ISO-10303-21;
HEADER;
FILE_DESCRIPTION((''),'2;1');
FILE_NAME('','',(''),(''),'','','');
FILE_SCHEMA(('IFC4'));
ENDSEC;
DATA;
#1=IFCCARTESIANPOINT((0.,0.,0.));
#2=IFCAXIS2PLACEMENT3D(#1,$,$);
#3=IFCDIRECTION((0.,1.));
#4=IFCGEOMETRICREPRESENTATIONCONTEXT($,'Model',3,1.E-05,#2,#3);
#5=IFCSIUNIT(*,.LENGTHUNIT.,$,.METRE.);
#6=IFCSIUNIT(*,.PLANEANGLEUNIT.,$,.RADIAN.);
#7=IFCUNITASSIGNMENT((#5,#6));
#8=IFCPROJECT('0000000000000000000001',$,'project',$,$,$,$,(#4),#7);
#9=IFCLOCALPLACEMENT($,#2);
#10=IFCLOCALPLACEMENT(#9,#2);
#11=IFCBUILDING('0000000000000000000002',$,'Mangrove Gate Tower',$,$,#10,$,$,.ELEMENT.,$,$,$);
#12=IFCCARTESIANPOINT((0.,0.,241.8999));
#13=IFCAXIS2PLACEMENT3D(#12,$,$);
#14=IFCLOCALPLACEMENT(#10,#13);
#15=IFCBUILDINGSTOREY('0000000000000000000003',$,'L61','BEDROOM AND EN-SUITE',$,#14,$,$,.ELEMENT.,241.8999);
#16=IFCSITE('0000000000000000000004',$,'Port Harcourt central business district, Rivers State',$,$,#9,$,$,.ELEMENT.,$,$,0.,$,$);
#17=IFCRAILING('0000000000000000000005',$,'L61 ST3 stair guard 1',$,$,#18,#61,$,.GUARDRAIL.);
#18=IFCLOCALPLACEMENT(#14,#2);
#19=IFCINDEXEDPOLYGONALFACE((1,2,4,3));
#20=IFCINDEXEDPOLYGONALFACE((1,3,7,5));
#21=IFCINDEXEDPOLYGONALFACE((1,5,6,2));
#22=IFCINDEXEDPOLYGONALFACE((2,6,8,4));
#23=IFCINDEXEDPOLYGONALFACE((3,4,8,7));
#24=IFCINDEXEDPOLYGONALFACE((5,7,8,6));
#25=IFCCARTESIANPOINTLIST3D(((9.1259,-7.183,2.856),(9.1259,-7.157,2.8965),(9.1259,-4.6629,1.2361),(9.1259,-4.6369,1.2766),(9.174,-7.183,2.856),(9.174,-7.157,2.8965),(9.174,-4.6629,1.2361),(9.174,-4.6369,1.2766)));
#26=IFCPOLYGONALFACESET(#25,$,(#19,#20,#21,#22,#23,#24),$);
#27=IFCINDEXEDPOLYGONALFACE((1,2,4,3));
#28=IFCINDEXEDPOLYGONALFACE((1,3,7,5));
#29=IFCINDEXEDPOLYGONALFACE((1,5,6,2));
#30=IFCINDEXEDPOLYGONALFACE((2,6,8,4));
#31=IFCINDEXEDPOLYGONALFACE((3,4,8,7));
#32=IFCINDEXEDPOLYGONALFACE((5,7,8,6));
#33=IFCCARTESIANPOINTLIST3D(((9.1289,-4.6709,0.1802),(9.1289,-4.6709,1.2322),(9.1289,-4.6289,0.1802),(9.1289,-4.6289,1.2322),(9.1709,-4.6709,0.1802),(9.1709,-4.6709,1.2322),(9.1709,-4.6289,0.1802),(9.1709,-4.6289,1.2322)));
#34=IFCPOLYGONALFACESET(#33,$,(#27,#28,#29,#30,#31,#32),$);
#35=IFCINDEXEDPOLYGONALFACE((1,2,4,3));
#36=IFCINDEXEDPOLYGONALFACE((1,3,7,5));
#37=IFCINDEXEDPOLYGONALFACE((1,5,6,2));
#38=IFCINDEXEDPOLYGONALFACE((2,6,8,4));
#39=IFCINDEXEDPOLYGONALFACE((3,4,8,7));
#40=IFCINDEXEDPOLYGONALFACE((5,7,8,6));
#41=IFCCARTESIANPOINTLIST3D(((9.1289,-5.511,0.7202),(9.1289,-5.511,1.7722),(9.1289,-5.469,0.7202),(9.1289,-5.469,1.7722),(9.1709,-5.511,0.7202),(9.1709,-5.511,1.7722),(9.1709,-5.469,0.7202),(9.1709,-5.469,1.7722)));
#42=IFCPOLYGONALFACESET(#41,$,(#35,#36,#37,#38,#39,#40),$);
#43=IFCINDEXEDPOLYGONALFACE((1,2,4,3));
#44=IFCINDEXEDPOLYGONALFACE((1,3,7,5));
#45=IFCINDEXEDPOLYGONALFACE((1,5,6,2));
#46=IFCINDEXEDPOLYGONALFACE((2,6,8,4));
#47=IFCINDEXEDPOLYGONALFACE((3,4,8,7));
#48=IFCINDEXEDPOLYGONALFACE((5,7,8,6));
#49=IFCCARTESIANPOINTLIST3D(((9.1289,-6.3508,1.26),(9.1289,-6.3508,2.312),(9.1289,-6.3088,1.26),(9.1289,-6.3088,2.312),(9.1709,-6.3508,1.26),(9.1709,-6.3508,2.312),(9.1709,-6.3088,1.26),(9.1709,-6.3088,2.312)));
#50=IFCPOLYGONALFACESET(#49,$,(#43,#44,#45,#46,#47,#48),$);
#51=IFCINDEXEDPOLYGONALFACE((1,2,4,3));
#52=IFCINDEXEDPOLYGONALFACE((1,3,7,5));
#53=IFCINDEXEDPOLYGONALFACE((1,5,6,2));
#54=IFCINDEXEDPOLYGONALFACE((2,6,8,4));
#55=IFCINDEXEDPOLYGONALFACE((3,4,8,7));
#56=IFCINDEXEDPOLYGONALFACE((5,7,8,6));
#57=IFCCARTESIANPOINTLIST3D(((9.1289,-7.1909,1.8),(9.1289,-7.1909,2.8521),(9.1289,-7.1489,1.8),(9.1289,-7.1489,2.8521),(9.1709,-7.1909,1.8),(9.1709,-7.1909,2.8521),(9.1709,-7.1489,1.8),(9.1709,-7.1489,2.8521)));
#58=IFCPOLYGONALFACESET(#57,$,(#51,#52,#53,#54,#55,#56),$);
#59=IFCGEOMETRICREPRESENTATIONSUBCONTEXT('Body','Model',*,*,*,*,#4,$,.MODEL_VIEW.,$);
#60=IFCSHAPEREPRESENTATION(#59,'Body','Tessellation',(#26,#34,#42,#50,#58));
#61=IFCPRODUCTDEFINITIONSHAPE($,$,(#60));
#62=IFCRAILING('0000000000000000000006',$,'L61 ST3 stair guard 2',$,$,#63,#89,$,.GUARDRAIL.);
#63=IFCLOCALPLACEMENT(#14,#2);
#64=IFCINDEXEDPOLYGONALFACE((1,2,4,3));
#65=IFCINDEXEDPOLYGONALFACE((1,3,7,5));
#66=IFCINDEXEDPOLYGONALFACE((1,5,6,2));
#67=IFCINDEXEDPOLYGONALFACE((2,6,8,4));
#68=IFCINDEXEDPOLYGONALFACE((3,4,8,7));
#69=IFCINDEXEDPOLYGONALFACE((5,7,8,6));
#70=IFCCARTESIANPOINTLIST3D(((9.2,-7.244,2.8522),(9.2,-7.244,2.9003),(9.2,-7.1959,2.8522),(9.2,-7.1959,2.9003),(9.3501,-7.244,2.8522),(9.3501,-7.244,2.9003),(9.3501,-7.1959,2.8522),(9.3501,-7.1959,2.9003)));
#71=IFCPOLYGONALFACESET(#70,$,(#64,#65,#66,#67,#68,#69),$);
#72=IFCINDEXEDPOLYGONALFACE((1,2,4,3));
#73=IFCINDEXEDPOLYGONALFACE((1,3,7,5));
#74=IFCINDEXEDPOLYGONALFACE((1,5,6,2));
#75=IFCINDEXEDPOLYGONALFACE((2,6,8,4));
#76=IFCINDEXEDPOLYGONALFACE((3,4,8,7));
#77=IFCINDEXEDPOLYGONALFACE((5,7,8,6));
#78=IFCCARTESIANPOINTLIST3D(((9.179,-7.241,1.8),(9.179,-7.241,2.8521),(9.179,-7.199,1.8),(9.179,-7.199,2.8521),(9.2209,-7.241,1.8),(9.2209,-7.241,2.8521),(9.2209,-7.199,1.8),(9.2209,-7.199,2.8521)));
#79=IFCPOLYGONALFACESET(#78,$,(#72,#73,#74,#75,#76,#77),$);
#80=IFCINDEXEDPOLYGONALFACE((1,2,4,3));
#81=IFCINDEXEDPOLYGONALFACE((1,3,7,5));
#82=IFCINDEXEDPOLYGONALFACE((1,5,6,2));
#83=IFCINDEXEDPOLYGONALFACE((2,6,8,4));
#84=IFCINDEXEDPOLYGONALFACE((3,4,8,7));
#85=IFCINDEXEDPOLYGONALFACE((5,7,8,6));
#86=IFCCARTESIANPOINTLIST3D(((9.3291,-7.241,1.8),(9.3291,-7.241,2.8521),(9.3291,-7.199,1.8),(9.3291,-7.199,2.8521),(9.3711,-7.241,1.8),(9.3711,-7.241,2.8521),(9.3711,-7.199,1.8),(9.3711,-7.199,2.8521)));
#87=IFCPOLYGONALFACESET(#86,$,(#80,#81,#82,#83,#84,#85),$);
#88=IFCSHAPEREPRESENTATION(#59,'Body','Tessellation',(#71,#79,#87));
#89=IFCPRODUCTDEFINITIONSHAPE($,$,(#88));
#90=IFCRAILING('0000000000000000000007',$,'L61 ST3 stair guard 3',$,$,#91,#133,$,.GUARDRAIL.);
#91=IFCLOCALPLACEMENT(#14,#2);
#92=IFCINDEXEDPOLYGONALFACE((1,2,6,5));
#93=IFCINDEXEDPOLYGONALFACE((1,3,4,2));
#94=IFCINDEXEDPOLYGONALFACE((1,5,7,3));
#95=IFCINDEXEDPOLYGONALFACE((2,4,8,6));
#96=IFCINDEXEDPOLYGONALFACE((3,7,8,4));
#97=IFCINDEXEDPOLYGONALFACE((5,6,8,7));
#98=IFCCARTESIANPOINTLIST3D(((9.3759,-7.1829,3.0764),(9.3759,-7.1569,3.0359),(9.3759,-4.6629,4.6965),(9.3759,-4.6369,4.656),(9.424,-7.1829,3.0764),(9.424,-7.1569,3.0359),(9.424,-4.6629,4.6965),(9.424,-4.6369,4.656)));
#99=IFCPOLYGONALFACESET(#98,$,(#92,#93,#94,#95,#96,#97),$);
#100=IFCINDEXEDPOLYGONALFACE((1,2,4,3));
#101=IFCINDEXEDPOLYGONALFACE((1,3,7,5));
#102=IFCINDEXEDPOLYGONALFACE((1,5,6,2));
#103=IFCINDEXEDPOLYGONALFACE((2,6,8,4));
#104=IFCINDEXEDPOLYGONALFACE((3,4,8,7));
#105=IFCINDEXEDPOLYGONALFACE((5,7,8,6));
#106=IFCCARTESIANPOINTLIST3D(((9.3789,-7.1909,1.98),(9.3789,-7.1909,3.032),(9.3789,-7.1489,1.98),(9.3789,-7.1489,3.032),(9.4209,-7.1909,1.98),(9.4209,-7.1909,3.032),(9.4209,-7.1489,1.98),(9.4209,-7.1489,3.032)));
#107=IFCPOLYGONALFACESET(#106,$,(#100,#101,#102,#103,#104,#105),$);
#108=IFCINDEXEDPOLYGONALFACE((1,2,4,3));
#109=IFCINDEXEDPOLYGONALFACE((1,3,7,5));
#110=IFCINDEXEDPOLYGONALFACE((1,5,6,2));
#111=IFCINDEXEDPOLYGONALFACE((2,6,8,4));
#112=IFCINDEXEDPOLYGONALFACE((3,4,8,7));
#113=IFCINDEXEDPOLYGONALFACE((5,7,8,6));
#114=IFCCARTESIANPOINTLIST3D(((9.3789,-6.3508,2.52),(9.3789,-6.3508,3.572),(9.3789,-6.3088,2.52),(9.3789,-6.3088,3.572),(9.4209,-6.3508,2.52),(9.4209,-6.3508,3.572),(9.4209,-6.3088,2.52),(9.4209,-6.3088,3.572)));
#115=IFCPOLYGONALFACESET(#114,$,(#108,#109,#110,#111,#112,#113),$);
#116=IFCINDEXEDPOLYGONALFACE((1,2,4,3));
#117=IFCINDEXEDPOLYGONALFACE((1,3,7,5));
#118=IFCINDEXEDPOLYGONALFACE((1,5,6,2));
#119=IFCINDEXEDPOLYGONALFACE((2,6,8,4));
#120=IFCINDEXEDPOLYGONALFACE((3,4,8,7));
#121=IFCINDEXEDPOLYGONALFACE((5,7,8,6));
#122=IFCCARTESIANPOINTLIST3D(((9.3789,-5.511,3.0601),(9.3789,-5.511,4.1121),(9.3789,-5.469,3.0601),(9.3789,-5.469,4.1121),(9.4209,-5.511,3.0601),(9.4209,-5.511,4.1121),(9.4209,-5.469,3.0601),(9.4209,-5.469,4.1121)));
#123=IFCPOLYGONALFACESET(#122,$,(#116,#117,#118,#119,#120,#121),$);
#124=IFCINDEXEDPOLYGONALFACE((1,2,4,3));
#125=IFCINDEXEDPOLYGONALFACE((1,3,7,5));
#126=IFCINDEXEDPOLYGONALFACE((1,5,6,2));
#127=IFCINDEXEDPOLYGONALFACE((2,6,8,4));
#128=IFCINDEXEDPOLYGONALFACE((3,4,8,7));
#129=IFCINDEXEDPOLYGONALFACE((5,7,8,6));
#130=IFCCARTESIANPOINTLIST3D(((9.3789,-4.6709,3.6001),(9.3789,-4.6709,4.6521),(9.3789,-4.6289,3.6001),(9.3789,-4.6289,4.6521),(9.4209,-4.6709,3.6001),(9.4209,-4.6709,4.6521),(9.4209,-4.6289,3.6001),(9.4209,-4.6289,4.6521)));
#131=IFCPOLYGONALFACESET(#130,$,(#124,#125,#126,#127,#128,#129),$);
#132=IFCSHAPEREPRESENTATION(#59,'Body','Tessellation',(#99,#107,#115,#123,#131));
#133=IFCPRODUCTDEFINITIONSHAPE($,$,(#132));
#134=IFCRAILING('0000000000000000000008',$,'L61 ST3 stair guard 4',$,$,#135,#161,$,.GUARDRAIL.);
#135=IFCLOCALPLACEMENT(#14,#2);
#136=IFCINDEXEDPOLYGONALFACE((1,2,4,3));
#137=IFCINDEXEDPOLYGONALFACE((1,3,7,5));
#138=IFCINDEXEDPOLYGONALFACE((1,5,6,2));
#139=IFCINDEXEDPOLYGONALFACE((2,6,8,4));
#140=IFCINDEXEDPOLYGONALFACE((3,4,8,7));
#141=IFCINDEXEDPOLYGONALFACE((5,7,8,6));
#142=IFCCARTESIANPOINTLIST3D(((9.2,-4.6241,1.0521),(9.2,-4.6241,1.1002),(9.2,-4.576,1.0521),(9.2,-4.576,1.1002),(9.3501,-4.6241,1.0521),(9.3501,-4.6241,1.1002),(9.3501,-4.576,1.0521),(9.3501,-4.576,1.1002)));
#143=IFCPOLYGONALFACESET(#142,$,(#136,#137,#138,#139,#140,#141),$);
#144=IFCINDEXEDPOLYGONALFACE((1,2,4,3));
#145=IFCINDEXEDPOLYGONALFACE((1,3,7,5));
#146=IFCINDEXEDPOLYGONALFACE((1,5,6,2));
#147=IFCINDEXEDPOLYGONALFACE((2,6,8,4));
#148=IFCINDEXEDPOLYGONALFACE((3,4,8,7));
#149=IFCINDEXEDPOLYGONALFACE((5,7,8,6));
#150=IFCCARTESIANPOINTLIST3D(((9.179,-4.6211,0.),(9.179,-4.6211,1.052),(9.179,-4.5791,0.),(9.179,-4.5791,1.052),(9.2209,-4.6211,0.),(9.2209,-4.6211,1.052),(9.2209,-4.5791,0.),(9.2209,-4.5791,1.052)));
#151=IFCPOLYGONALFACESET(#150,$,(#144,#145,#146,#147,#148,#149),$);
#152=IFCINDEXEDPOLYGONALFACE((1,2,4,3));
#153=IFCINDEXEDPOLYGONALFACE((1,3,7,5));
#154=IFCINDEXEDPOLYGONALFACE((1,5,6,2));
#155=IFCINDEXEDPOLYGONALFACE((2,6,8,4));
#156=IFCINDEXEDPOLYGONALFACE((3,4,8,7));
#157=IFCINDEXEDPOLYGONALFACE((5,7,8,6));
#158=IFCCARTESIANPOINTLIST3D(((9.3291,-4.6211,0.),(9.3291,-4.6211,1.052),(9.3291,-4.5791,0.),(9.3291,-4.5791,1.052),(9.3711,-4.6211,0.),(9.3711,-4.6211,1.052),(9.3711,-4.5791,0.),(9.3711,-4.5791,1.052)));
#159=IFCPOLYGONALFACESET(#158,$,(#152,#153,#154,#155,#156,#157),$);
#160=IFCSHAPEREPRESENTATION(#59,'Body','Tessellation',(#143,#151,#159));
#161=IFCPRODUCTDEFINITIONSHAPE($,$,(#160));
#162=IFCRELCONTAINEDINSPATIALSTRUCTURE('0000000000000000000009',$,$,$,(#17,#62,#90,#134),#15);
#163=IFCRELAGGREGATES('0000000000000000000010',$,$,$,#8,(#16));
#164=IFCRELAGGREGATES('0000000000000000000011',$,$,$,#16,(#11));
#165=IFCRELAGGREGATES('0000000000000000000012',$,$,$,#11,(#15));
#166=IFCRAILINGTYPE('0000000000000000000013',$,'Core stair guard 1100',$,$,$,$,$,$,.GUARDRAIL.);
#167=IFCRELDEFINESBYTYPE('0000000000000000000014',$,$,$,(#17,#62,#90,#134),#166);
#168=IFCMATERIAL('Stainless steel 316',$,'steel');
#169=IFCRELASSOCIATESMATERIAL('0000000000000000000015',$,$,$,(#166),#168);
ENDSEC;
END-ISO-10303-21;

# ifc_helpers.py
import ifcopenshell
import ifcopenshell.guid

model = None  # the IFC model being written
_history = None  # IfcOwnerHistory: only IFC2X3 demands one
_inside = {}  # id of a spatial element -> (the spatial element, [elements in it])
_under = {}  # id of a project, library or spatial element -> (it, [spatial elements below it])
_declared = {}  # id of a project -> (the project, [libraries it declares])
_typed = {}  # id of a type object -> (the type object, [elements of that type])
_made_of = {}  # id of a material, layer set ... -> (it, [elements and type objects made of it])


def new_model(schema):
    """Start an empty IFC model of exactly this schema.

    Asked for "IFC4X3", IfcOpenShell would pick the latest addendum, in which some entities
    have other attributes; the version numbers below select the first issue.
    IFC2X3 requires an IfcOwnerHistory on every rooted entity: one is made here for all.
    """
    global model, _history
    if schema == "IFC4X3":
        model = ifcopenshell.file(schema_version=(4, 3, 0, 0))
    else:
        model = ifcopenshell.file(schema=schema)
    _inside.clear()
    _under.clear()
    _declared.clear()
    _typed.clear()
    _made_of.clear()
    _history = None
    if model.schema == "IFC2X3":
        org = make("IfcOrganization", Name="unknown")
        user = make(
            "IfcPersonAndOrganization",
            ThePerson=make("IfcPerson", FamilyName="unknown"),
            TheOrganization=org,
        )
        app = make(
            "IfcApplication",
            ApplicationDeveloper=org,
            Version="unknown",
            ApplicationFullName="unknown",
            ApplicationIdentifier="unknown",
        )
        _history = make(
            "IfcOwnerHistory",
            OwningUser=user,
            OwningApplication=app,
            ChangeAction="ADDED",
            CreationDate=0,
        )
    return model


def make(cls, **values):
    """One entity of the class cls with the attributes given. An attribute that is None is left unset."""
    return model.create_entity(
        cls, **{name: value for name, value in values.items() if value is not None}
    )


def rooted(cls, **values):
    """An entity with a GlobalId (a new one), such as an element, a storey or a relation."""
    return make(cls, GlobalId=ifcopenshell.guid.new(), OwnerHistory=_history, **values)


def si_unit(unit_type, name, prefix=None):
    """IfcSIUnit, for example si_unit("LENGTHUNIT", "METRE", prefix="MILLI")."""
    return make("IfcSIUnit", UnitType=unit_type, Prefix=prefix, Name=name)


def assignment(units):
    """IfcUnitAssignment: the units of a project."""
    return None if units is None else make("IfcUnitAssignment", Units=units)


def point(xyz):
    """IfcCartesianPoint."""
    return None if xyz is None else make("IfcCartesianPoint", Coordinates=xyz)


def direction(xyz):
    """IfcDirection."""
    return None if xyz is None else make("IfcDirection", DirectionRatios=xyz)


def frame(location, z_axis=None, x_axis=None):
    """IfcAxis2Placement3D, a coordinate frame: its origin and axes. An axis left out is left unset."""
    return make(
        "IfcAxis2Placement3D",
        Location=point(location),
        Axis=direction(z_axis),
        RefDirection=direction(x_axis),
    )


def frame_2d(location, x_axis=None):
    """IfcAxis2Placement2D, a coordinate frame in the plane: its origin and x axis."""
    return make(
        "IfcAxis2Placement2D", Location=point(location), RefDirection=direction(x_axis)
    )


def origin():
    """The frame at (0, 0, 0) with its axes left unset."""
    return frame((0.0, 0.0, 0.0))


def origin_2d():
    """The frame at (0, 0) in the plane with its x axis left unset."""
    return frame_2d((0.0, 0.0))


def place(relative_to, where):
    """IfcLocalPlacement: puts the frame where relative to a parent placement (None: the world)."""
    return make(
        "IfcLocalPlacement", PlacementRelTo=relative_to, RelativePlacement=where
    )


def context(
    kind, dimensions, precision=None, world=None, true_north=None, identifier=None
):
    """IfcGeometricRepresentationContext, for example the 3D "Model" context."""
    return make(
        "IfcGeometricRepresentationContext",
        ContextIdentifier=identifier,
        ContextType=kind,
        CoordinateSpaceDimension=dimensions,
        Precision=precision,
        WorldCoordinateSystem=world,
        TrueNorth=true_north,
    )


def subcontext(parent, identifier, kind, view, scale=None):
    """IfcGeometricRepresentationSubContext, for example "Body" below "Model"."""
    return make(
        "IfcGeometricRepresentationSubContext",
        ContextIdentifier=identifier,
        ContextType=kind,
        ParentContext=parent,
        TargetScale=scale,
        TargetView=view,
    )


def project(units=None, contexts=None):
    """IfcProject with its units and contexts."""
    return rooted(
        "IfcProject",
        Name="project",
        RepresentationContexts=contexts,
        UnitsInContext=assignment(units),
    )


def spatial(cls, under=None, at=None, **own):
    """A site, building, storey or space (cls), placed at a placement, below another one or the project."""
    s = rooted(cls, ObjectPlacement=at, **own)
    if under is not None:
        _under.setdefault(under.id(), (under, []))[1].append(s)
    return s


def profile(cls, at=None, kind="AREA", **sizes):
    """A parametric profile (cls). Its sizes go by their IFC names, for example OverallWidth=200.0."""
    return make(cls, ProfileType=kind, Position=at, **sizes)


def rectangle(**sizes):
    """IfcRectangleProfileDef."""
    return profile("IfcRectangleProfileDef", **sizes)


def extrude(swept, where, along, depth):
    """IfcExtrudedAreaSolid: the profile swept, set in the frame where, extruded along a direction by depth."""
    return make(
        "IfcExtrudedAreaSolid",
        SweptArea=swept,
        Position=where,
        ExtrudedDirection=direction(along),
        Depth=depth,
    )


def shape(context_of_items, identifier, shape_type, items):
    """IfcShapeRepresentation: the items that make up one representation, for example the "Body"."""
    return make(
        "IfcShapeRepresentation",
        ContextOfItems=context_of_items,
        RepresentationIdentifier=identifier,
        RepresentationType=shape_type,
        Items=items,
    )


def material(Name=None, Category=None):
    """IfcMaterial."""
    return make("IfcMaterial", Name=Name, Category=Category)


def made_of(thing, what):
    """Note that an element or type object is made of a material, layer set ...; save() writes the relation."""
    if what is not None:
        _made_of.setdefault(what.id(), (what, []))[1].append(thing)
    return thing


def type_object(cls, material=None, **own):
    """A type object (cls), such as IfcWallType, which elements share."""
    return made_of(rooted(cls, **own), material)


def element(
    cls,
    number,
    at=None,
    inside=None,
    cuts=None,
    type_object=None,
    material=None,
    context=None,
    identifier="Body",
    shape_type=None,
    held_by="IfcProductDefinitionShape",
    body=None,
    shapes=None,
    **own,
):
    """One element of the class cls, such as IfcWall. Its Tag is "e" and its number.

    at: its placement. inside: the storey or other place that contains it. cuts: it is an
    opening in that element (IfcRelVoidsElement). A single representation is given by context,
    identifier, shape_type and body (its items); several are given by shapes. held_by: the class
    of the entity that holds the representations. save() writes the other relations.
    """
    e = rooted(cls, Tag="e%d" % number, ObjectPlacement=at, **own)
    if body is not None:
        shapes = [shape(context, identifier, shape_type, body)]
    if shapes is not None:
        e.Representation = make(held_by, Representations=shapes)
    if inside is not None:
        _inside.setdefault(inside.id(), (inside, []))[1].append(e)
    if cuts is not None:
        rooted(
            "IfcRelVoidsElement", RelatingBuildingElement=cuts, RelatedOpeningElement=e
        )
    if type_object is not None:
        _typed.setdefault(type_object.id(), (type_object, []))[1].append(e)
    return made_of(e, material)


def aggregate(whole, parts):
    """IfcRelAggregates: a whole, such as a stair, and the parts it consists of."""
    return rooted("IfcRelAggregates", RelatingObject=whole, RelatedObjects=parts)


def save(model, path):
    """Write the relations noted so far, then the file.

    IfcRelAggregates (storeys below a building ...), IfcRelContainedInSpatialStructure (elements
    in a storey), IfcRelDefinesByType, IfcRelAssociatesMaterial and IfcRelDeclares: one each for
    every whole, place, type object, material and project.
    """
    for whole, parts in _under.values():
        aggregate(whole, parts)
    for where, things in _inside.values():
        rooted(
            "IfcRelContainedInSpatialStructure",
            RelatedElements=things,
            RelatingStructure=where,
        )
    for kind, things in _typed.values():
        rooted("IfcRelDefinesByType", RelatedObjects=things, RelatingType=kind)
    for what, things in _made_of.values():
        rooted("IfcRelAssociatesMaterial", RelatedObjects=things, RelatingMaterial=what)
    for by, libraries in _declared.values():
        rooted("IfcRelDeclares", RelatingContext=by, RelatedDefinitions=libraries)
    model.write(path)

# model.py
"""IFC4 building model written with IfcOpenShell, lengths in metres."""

from ifc_helpers import new_model, si_unit, direction, frame, origin, origin_2d, place, context, subcontext, project, spatial, rectangle, extrude, material, type_object, element, save


model = new_model("IFC4")

# Units and contexts
model_context = context("Model", 3, precision=1e-05, world=origin(), true_north=direction((0.0, 1.0)))
body_context = subcontext(model_context, "Body", "Model", "MODEL_VIEW")
ifc_project = project(units=[si_unit("LENGTHUNIT", "METRE"), si_unit("PLANEANGLEUNIT", "RADIAN")], contexts=[model_context])

# Site, building, storey
site_placement = place(None, origin())
site = spatial("IfcSite", under=ifc_project, at=site_placement, Name="Port Harcourt central business district, Rivers State", CompositionType="ELEMENT", RefElevation=0.0)
building_placement = place(site_placement, origin())
building = spatial("IfcBuilding", under=site, at=building_placement, Name="Mangrove Gate Tower", CompositionType="ELEMENT")
storey_placement = place(building_placement, frame((0.0, 0.0, 241.8999)))
storey = spatial("IfcBuildingStorey", under=building, at=storey_placement, Name="L61", Description="BEDROOM AND EN-SUITE", CompositionType="ELEMENT", Elevation=241.8999)

# Railings
ifc_material_1 = material(Name="Stainless steel 316", Category="steel")
railing_type_1 = type_object("IfcRailingType", Name="Core stair guard 1100", PredefinedType="GUARDRAIL", material=ifc_material_1)
railing_1_placement = place(storey_placement, frame((9.1499, -4.6499, 0.1802)))
element("IfcRailing", 1, at=railing_1_placement, inside=storey, type_object=railing_type_1, Name="L61 ST3 stair guard 1", PredefinedType="GUARDRAIL", context=body_context, shape_type="SweptSolid", body=[
    extrude(rectangle(XDim=0.0481, YDim=0.0481, at=origin_2d()), frame((0.0, 0.0, 1.0762), z_axis=(0.0, -0.8412, 0.540725), x_axis=(1.0, 0.0, 0.0)), (0.0, 0.0, 1.0), 2.9958),
    extrude(rectangle(XDim=0.042, YDim=0.042, at=origin_2d()), origin(), (0.0, 0.0, 1.0), 1.052),
    extrude(rectangle(XDim=0.042, YDim=0.042, at=origin_2d()), frame((0.0, -0.8401, 0.54)), (0.0, 0.0, 1.0), 1.052),
    extrude(rectangle(XDim=0.042, YDim=0.042, at=origin_2d()), frame((0.0, -1.6799, 1.0798)), (0.0, 0.0, 1.0), 1.052),
    extrude(rectangle(XDim=0.042, YDim=0.042, at=origin_2d()), frame((0.0, -2.52, 1.6199)), (0.0, 0.0, 1.0), 1.052),
])
railing_2_placement = place(storey_placement, frame((9.2, -7.22, 1.8)))
element("IfcRailing", 2, at=railing_2_placement, inside=storey, type_object=railing_type_1, Name="L61 ST3 stair guard 2", PredefinedType="GUARDRAIL", context=body_context, shape_type="SweptSolid", body=[
    extrude(rectangle(XDim=0.0481, YDim=0.0481, at=origin_2d()), frame((0.0, 0.0, 1.0762), z_axis=(1.0, 0.0, 0.0), x_axis=(0.0, 1.0, 0.0)), (0.0, 0.0, 1.0), 0.1501),
    extrude(rectangle(XDim=0.042, YDim=0.042, at=origin_2d()), origin(), (0.0, 0.0, 1.0), 1.052),
    extrude(rectangle(XDim=0.042, YDim=0.042, at=origin_2d()), frame((0.1501, 0.0, 0.0)), (0.0, 0.0, 1.0), 1.052),
])
railing_3_placement = place(storey_placement, frame((9.3999, -7.1699, 1.98)))
element("IfcRailing", 3, at=railing_3_placement, inside=storey, type_object=railing_type_1, Name="L61 ST3 stair guard 3", PredefinedType="GUARDRAIL", context=body_context, shape_type="SweptSolid", body=[
    extrude(rectangle(XDim=0.0481, YDim=0.0481, at=origin_2d()), frame((0.0, 0.0, 1.0762), z_axis=(0.0, 0.841163, 0.540782), x_axis=(-1.0, 0.0, 0.0)), (0.0, 0.0, 1.0), 2.9958),
    extrude(rectangle(XDim=0.042, YDim=0.042, at=origin_2d()), origin(), (0.0, 0.0, 1.0), 1.052),
    extrude(rectangle(XDim=0.042, YDim=0.042, at=origin_2d()), frame((0.0, 0.8401, 0.54)), (0.0, 0.0, 1.0), 1.052),
    extrude(rectangle(XDim=0.042, YDim=0.042, at=origin_2d()), frame((0.0, 1.6799, 1.0801)), (0.0, 0.0, 1.0), 1.052),
    extrude(rectangle(XDim=0.042, YDim=0.042, at=origin_2d()), frame((0.0, 2.52, 1.6201)), (0.0, 0.0, 1.0), 1.052),
])
railing_4_placement = place(storey_placement, frame((9.2, -4.6001, 0.0)))
element("IfcRailing", 4, at=railing_4_placement, inside=storey, type_object=railing_type_1, Name="L61 ST3 stair guard 4", PredefinedType="GUARDRAIL", context=body_context, shape_type="SweptSolid", body=[
    extrude(rectangle(XDim=0.0481, YDim=0.0481, at=origin_2d()), frame((0.0, 0.0, 1.0762), z_axis=(1.0, 0.0, 0.0), x_axis=(0.0, 1.0, 0.0)), (0.0, 0.0, 1.0), 0.1501),
    extrude(rectangle(XDim=0.042, YDim=0.042, at=origin_2d()), origin(), (0.0, 0.0, 1.0), 1.052),
    extrude(rectangle(XDim=0.042, YDim=0.042, at=origin_2d()), frame((0.1501, 0.0, 0.0)), (0.0, 0.0, 1.0), 1.052),
])

save(model, "model.ifc")
